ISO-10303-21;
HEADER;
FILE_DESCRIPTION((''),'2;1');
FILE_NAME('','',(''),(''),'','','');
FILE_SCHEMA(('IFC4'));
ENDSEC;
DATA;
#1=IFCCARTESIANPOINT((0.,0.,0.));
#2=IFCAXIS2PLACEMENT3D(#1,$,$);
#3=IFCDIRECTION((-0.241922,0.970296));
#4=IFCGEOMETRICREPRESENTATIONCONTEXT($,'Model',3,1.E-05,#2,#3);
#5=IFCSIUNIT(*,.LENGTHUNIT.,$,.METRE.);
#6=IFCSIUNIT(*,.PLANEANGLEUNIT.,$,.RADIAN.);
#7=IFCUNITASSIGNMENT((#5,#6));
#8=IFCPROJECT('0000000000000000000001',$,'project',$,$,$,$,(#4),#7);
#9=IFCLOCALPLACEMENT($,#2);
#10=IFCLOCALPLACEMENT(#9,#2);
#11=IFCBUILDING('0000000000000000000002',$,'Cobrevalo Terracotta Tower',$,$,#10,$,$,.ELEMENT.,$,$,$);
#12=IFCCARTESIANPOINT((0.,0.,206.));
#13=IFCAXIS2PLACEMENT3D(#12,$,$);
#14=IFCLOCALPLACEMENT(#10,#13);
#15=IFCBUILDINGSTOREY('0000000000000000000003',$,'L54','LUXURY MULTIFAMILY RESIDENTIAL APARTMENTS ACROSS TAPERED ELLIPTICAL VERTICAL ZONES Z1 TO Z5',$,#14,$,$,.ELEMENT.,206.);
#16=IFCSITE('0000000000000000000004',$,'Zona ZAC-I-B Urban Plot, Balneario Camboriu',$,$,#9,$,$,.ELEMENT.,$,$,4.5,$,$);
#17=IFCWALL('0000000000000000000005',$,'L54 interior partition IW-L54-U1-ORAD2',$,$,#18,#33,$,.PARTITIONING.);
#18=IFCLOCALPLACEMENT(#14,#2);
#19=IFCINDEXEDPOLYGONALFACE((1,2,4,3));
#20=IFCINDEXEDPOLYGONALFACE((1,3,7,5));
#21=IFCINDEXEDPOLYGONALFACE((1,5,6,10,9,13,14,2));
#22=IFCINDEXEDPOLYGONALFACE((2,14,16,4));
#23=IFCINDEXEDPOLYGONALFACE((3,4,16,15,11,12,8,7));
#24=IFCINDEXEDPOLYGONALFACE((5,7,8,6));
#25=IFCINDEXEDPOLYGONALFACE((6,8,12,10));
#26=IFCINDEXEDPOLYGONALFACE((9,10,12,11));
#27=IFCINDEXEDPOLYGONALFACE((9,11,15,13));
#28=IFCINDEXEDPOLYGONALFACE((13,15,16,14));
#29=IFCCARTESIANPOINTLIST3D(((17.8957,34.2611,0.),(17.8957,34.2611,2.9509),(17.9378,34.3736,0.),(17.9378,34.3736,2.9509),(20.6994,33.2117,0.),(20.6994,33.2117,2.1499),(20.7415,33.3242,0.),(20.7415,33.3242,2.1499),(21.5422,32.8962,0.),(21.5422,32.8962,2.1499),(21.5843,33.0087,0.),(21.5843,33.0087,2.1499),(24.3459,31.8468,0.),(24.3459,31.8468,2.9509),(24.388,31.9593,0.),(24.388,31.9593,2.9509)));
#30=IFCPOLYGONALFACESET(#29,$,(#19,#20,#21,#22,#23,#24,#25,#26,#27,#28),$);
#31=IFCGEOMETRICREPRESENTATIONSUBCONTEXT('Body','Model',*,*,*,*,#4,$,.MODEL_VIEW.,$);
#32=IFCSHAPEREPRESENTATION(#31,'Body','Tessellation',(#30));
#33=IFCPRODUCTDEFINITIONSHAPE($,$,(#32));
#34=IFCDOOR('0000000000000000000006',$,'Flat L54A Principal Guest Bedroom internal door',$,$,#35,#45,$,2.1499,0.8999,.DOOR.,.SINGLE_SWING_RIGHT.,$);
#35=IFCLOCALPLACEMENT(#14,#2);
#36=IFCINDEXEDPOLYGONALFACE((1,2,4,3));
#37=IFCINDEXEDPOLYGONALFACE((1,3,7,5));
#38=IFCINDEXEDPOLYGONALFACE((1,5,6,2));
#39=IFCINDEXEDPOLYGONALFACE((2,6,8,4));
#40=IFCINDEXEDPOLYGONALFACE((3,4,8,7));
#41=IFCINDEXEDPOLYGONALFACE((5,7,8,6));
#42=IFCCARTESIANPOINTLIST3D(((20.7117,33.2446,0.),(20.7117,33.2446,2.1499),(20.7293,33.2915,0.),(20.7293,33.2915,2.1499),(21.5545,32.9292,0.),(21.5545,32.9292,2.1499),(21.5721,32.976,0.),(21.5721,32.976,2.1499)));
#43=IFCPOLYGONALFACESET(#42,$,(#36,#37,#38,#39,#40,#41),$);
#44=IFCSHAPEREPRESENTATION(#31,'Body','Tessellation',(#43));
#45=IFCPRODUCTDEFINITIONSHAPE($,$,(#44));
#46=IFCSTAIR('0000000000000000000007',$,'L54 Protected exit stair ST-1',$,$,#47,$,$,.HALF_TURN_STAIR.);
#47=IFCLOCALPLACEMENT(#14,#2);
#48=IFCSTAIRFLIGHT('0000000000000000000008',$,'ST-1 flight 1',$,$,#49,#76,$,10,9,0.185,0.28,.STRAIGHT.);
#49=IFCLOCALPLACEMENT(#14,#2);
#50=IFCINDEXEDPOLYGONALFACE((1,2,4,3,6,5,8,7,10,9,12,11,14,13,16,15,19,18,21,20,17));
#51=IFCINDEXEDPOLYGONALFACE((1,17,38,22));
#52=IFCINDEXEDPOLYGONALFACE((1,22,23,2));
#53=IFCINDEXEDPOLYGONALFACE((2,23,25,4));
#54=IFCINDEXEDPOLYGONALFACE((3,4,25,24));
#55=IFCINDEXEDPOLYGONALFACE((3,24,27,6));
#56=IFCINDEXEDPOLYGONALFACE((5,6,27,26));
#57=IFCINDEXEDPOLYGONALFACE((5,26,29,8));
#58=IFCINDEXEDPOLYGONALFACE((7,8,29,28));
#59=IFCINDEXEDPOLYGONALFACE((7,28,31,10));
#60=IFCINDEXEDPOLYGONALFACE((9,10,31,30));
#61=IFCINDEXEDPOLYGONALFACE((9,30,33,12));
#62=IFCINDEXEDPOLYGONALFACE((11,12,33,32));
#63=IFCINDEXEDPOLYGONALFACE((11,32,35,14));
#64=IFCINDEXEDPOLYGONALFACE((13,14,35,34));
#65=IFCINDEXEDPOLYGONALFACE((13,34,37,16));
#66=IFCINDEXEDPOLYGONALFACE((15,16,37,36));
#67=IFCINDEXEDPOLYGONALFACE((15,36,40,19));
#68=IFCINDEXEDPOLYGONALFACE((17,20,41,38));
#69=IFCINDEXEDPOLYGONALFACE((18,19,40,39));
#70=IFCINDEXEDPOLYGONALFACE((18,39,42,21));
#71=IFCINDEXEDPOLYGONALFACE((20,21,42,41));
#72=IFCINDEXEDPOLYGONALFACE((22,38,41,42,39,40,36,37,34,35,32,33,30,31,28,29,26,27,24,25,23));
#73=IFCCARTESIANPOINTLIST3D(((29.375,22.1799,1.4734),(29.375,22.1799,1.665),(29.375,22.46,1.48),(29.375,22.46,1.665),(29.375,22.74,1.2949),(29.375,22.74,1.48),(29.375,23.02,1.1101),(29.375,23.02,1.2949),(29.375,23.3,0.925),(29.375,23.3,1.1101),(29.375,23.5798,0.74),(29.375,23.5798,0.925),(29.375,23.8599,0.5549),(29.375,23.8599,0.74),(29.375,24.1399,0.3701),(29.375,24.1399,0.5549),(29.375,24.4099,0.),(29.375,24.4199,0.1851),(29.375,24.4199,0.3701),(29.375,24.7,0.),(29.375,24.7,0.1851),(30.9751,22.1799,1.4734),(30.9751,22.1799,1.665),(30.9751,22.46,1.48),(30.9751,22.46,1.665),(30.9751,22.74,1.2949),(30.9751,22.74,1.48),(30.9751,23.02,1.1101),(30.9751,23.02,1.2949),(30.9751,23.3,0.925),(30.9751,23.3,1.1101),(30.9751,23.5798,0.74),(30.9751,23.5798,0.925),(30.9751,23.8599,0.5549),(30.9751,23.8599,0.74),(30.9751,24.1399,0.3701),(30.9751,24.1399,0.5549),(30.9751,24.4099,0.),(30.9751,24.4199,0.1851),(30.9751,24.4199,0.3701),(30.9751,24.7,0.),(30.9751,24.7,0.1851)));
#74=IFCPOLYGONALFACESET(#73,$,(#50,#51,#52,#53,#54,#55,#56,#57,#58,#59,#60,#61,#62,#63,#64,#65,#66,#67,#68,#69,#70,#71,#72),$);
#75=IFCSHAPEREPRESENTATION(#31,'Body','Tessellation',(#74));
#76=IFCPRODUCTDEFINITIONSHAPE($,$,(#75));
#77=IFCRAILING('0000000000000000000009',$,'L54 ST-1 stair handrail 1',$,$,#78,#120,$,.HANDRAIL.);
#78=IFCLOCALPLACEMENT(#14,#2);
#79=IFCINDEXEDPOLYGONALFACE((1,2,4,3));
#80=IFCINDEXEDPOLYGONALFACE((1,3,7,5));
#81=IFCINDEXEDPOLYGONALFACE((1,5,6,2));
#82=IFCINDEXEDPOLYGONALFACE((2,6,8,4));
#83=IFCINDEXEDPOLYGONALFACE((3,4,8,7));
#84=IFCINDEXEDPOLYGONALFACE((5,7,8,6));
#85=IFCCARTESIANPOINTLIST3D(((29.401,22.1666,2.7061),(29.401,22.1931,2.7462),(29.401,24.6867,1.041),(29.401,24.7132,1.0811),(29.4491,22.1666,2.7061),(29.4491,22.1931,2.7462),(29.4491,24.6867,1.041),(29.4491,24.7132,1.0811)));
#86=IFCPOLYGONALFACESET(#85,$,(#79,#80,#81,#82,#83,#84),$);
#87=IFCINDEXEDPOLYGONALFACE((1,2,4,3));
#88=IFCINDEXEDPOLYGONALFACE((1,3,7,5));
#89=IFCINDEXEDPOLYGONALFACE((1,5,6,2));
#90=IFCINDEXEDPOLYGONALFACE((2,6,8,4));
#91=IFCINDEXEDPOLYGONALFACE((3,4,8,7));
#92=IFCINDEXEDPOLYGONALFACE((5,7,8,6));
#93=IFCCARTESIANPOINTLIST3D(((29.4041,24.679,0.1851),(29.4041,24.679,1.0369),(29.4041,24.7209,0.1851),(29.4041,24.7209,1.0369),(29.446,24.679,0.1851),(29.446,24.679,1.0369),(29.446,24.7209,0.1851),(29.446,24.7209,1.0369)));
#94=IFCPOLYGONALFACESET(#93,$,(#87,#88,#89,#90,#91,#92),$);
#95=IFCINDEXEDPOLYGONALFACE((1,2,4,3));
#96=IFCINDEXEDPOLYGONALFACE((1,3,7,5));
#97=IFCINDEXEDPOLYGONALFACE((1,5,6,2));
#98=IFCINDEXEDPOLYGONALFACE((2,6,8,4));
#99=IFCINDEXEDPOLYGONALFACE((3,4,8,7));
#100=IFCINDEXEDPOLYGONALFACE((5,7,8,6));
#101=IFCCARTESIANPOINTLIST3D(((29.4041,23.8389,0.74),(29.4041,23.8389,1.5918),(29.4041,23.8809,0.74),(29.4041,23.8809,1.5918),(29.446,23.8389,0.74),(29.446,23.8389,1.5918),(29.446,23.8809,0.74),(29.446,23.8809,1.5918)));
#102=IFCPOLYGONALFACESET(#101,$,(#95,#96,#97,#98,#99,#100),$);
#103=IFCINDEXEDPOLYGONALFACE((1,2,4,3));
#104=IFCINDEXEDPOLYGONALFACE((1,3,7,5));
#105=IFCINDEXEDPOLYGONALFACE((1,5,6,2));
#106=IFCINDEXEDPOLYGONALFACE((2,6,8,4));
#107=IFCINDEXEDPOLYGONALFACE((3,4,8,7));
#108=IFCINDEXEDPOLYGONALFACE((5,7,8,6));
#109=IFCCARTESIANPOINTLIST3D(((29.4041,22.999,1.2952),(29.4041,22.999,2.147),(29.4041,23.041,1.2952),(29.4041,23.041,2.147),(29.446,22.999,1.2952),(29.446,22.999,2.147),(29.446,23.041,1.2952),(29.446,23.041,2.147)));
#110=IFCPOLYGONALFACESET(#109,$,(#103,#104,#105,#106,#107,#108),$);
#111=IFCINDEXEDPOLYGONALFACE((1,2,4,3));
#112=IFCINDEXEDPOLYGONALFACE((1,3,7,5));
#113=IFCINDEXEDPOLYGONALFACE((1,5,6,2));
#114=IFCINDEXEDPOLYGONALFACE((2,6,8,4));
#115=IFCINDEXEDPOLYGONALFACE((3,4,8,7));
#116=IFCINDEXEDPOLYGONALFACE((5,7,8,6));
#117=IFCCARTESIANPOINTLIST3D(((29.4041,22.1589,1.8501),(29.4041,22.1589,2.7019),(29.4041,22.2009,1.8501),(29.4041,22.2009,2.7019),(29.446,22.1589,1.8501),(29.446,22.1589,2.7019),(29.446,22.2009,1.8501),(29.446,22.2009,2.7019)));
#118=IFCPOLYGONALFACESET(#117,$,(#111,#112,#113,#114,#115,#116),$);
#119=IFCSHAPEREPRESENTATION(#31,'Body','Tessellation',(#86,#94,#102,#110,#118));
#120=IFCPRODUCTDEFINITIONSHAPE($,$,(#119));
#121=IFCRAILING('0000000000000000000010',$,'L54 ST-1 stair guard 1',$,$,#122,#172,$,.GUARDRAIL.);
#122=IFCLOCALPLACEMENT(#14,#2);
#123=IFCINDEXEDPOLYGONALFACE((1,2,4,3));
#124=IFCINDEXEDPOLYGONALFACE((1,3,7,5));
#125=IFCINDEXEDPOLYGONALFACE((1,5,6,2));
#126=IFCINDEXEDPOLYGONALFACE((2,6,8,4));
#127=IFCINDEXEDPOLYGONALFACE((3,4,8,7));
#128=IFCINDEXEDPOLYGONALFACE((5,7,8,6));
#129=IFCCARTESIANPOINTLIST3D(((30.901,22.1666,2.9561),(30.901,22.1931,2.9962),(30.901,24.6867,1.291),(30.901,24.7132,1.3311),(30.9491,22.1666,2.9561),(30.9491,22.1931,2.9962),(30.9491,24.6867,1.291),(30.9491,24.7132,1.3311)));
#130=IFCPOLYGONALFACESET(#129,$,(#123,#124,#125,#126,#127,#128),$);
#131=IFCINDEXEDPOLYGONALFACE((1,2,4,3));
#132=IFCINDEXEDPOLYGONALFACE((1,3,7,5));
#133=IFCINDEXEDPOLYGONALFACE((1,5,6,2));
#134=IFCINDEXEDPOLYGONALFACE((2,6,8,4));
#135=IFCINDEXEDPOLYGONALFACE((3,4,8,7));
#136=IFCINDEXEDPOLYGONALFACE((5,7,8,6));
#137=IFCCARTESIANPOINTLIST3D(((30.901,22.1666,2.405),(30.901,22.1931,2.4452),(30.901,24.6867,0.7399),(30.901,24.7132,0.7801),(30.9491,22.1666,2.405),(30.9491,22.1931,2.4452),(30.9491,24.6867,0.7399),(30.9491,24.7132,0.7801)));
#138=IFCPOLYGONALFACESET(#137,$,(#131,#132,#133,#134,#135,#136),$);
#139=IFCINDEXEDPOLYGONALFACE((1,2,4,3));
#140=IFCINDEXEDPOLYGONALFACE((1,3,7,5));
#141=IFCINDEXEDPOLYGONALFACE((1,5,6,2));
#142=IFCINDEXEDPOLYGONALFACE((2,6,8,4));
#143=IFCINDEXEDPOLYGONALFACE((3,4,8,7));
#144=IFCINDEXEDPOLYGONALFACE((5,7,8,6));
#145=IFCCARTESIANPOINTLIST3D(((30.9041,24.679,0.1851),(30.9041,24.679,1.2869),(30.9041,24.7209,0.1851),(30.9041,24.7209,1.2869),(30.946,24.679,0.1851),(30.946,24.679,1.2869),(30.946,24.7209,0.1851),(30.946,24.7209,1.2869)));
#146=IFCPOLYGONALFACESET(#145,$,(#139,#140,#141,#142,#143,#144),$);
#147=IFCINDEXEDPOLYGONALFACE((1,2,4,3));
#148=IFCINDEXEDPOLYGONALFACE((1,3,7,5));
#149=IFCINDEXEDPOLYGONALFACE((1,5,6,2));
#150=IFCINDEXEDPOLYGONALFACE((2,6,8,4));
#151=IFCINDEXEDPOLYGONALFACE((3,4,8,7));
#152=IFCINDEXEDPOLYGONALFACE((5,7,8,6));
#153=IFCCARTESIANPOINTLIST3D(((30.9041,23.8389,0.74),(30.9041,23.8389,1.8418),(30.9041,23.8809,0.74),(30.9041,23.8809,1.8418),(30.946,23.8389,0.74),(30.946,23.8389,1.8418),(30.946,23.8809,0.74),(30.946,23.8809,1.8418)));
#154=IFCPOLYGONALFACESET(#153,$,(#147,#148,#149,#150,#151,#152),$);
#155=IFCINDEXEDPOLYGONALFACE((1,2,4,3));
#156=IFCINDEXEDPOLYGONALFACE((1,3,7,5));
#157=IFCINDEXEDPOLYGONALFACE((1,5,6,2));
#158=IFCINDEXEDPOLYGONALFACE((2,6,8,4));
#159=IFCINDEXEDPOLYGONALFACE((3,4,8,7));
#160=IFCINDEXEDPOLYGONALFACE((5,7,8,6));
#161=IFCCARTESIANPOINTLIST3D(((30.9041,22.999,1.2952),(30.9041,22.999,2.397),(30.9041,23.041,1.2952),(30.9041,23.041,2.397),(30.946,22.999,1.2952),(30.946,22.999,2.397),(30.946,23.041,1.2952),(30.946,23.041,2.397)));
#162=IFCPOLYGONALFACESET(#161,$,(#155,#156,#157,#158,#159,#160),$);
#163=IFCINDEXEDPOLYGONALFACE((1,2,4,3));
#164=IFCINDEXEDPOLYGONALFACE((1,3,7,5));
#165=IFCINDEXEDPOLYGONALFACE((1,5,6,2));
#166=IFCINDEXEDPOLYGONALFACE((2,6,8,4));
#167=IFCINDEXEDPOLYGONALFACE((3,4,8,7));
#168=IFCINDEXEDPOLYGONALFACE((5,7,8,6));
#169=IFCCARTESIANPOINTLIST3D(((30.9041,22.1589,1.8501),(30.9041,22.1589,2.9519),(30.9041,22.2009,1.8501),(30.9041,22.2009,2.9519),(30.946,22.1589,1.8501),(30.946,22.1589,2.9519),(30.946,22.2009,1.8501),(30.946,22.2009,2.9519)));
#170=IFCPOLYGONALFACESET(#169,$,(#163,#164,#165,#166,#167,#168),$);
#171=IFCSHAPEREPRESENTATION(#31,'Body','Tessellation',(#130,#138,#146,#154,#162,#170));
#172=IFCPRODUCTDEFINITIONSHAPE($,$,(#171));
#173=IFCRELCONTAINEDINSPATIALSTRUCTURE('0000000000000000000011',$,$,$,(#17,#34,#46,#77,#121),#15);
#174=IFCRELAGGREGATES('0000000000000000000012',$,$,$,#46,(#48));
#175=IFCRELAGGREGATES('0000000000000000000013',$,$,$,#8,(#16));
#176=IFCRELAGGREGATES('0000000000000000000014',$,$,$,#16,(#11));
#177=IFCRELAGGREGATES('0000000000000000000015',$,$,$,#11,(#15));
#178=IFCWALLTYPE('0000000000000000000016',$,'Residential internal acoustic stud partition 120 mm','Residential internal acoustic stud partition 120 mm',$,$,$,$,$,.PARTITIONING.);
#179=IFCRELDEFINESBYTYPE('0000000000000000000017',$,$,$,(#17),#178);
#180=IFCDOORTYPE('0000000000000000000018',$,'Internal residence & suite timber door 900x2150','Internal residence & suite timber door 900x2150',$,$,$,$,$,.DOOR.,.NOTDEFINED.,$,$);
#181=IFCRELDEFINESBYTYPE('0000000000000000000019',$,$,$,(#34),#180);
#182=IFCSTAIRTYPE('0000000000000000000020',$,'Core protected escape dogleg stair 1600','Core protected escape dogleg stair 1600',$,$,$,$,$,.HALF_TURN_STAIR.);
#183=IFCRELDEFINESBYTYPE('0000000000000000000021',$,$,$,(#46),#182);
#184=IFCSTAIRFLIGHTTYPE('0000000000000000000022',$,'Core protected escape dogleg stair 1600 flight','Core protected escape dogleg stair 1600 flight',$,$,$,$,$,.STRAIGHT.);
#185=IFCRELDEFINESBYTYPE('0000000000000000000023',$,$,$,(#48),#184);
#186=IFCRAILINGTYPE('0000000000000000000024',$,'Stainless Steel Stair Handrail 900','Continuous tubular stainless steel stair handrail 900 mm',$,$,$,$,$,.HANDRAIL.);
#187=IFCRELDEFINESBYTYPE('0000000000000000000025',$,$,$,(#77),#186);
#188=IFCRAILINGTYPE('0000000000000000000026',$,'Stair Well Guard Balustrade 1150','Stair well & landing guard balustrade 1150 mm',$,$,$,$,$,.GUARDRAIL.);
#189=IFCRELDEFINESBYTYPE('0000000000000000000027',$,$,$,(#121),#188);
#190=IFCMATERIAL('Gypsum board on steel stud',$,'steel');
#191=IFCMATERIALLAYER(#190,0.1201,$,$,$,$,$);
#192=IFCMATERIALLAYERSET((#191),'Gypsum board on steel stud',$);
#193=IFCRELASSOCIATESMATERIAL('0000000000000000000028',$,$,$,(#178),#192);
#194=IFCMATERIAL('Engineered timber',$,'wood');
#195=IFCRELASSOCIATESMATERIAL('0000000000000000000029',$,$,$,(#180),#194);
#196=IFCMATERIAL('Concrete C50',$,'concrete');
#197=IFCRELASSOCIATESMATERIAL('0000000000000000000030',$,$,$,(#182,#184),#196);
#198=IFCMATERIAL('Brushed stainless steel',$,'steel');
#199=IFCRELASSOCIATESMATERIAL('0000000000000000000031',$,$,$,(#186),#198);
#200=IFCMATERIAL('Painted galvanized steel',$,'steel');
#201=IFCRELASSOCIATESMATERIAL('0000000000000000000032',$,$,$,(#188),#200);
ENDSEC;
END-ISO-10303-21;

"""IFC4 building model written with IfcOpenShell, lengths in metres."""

from ifc_helpers import new_model, si_unit, direction, frame, frame_2d, origin, origin_2d, place, context, subcontext, project, spatial, polyline, rectangle, outline, extrude, source, transform, mapped, material, layer, layer_set, type_object, element, fill, aggregate, save


model = new_model("IFC4")

# Units and contexts
model_context = context("Model", 3, precision=1e-05, world=origin(), true_north=direction((-0.241922, 0.970296)))
body_context = subcontext(model_context, "Body", "Model", "MODEL_VIEW")
ifc_project = project(units=[si_unit("LENGTHUNIT", "METRE"), si_unit("PLANEANGLEUNIT", "RADIAN")], contexts=[model_context])

# Site, building, storey
site_placement = place(None, origin())
site = spatial("IfcSite", under=ifc_project, at=site_placement, Name="Zona ZAC-I-B Urban Plot, Balneario Camboriu", CompositionType="ELEMENT", RefElevation=4.5)
building_placement = place(site_placement, origin())
building = spatial("IfcBuilding", under=site, at=building_placement, Name="Cobrevalo Terracotta Tower", CompositionType="ELEMENT")
storey_placement = place(building_placement, frame((0.0, 0.0, 206.0)))
storey = spatial("IfcBuildingStorey", under=building, at=storey_placement, Name="L54", Description="LUXURY MULTIFAMILY RESIDENTIAL APARTMENTS ACROSS TAPERED ELLIPTICAL VERTICAL ZONES Z1 TO Z5", CompositionType="ELEMENT", Elevation=206.0)

# Shared definitions
ifc_material_1 = material(Name="Gypsum board on steel stud", Category="steel")

# Shared definitions
ifc_material_2 = material(Name="Brushed stainless steel", Category="steel")

# Wall, opening, door
ifc_layer_1 = layer(ifc_material_1, 0.1201)
ifc_layer_set_1 = layer_set([ifc_layer_1], Name="Gypsum board on steel stud")
wall_type_1 = type_object("IfcWallType", Name="Residential internal acoustic stud partition 120 mm", Description="Residential internal acoustic stud partition 120 mm", PredefinedType="PARTITIONING", material=ifc_layer_set_1)
wall_1_placement = place(storey_placement, frame((24.3669, 31.9031, 0.0), z_axis=(0.0, 0.0, 1.0), x_axis=(-0.936545, 0.350548, 0.0)))
wall_1 = element("IfcWall", 1, at=wall_1_placement, inside=storey, type_object=wall_type_1, Name="L54 interior partition IW-L54-U1-ORAD2", PredefinedType="PARTITIONING", context=body_context, shape_type="SweptSolid", body=[
    extrude(rectangle(XDim=6.8872, YDim=0.1201, at=frame_2d((3.4436, 0.0))), origin(), (0.0, 0.0, 1.0), 2.9509),
])
opening_1_placement = place(wall_1_placement, frame((2.9937, 0.0, 0.0)))
opening_1 = element("IfcOpeningElement", 2, at=opening_1_placement, cuts=wall_1, PredefinedType="OPENING", context=body_context, shape_type="SweptSolid", body=[
    extrude(rectangle(XDim=0.8999, YDim=2.1499, at=frame_2d((0.45, 1.075))), frame((0.0, 0.0701, 0.0), z_axis=(0.0, -1.0, 0.0), x_axis=(1.0, 0.0, 0.0)), (0.0, 0.0, 1.0), 0.1401),
])
ifc_material_3 = material(Name="Engineered timber", Category="wood")
door_type_1 = type_object("IfcDoorType", Name="Internal residence & suite timber door 900x2150", Description="Internal residence & suite timber door 900x2150", OperationType="NOTDEFINED", PredefinedType="DOOR", material=ifc_material_3)
shared_shape_1 = source(origin(), body_context, "Body", "SweptSolid", [
    extrude(rectangle(XDim=0.8999, YDim=2.1499, at=frame_2d((0.45, 1.075))), frame((0.0, 0.0249, 0.0), z_axis=(0.0, -1.0, 0.0), x_axis=(1.0, 0.0, 0.0)), (0.0, 0.0, 1.0), 0.05),
])
door_1_placement = place(opening_1_placement, origin())
door_1 = element("IfcDoor", 3, at=door_1_placement, inside=storey, type_object=door_type_1, Name="Flat L54A Principal Guest Bedroom internal door", OperationType="SINGLE_SWING_RIGHT", OverallHeight=2.1499, OverallWidth=0.8999, PredefinedType="DOOR", context=body_context, shape_type="MappedRepresentation", body=[
    mapped(shared_shape_1, transform((0.0, 0.0, 0.0), scale=1.0)),
])
fill(opening_1, door_1)
ifc_material_4 = material(Name="Concrete C50", Category="concrete")

# Stair, stair flight
stair_type = type_object("IfcStairType", Name="Core protected escape dogleg stair 1600", Description="Core protected escape dogleg stair 1600", PredefinedType="HALF_TURN_STAIR", material=ifc_material_4)
stair_placement = place(storey_placement, origin())
stair = element("IfcStair", 4, at=stair_placement, inside=storey, type_object=stair_type, Name="L54 Protected exit stair ST-1", PredefinedType="HALF_TURN_STAIR")
stair_flight_type = type_object("IfcStairFlightType", Name="Core protected escape dogleg stair 1600 flight", Description="Core protected escape dogleg stair 1600 flight", PredefinedType="STRAIGHT", material=ifc_material_4)
stair_flight_placement = place(storey_placement, frame((30.175, 24.7, 0.0), z_axis=(0.0, 0.0, 1.0), x_axis=(0.0, -1.0, 0.0)))
stair_flight = element("IfcStairFlight", 5, at=stair_flight_placement, type_object=stair_flight_type, Name="ST-1 flight 1", NumberOfRisers=10, NumberOfTreads=9, PredefinedType="STRAIGHT", RiserHeight=0.185, TreadLength=0.28, context=body_context, shape_type="SweptSolid", body=[
    extrude(outline(polyline([(0.0, 0.0), (0.0, 0.1851), (0.28, 0.1851), (0.28, 0.3701), (0.5601, 0.3701), (0.5601, 0.5549), (0.8401, 0.5549), (0.8401, 0.74), (1.1201, 0.74), (1.1201, 0.925), (1.3999, 0.925), (1.3999, 1.1101), (1.6799, 1.1101), (1.6799, 1.2949), (1.96, 1.2949), (1.96, 1.48), (2.24, 1.48), (2.24, 1.665), (2.52, 1.665), (2.52, 1.8501), (2.52, 1.4734), (0.29, 0.0), (0.0, 0.0)])), frame((0.0, 0.8, 0.0), z_axis=(0.0, -1.0, 0.0), x_axis=(1.0, 0.0, 0.0)), (0.0, 0.0, 1.0), 1.6001),
])
aggregate(stair, [stair_flight])

# Railings
railing_type_1 = type_object("IfcRailingType", Name="Stainless Steel Stair Handrail 900", Description="Continuous tubular stainless steel stair handrail 900 mm", PredefinedType="HANDRAIL", material=ifc_material_2)
railing_1_placement = place(storey_placement, frame((29.425, 24.7, 0.1851)))
element("IfcRailing", 6, at=railing_1_placement, inside=storey, type_object=railing_type_1, Name="L54 ST-1 stair handrail 1", PredefinedType="HANDRAIL", context=body_context, shape_type="SweptSolid", body=[
    extrude(rectangle(XDim=0.0481, YDim=0.0481, at=origin_2d()), frame((0.0, 0.0, 0.876), z_axis=(0.0, -0.834331, 0.551263), x_axis=(1.0, 0.0, 0.0)), (0.0, 0.0, 1.0), 3.0205),
    extrude(rectangle(XDim=0.042, YDim=0.042, at=origin_2d()), origin(), (0.0, 0.0, 1.0), 0.8518),
    extrude(rectangle(XDim=0.042, YDim=0.042, at=origin_2d()), frame((0.0, -0.8401, 0.5549)), (0.0, 0.0, 1.0), 0.8518),
    extrude(rectangle(XDim=0.042, YDim=0.042, at=origin_2d()), frame((0.0, -1.6799, 1.1101)), (0.0, 0.0, 1.0), 0.8518),
    extrude(rectangle(XDim=0.042, YDim=0.042, at=origin_2d()), frame((0.0, -2.52, 1.665)), (0.0, 0.0, 1.0), 0.8518),
])
ifc_material_5 = material(Name="Painted galvanized steel", Category="steel")
railing_type_2 = type_object("IfcRailingType", Name="Stair Well Guard Balustrade 1150", Description="Stair well & landing guard balustrade 1150 mm", PredefinedType="GUARDRAIL", material=ifc_material_5)
railing_2_placement = place(storey_placement, frame((30.925, 24.7, 0.1851)))
element("IfcRailing", 7, at=railing_2_placement, inside=storey, type_object=railing_type_2, Name="L54 ST-1 stair guard 1", PredefinedType="GUARDRAIL", context=body_context, shape_type="SweptSolid", body=[
    extrude(rectangle(XDim=0.0481, YDim=0.0481, at=origin_2d()), frame((0.0, 0.0, 1.126), z_axis=(0.0, -0.834331, 0.551263), x_axis=(1.0, 0.0, 0.0)), (0.0, 0.0, 1.0), 3.0205),
    extrude(rectangle(XDim=0.0481, YDim=0.0481, at=origin_2d()), frame((0.0, 0.0, 0.575), z_axis=(0.0, -0.834331, 0.551263), x_axis=(1.0, 0.0, 0.0)), (0.0, 0.0, 1.0), 3.0205),
    extrude(rectangle(XDim=0.042, YDim=0.042, at=origin_2d()), origin(), (0.0, 0.0, 1.0), 1.1018),
    extrude(rectangle(XDim=0.042, YDim=0.042, at=origin_2d()), frame((0.0, -0.8401, 0.5549)), (0.0, 0.0, 1.0), 1.1018),
    extrude(rectangle(XDim=0.042, YDim=0.042, at=origin_2d()), frame((0.0, -1.6799, 1.1101)), (0.0, 0.0, 1.0), 1.1018),
    extrude(rectangle(XDim=0.042, YDim=0.042, at=origin_2d()), frame((0.0, -2.52, 1.665)), (0.0, 0.0, 1.0), 1.1018),
])

save(model, "model.ifc")
